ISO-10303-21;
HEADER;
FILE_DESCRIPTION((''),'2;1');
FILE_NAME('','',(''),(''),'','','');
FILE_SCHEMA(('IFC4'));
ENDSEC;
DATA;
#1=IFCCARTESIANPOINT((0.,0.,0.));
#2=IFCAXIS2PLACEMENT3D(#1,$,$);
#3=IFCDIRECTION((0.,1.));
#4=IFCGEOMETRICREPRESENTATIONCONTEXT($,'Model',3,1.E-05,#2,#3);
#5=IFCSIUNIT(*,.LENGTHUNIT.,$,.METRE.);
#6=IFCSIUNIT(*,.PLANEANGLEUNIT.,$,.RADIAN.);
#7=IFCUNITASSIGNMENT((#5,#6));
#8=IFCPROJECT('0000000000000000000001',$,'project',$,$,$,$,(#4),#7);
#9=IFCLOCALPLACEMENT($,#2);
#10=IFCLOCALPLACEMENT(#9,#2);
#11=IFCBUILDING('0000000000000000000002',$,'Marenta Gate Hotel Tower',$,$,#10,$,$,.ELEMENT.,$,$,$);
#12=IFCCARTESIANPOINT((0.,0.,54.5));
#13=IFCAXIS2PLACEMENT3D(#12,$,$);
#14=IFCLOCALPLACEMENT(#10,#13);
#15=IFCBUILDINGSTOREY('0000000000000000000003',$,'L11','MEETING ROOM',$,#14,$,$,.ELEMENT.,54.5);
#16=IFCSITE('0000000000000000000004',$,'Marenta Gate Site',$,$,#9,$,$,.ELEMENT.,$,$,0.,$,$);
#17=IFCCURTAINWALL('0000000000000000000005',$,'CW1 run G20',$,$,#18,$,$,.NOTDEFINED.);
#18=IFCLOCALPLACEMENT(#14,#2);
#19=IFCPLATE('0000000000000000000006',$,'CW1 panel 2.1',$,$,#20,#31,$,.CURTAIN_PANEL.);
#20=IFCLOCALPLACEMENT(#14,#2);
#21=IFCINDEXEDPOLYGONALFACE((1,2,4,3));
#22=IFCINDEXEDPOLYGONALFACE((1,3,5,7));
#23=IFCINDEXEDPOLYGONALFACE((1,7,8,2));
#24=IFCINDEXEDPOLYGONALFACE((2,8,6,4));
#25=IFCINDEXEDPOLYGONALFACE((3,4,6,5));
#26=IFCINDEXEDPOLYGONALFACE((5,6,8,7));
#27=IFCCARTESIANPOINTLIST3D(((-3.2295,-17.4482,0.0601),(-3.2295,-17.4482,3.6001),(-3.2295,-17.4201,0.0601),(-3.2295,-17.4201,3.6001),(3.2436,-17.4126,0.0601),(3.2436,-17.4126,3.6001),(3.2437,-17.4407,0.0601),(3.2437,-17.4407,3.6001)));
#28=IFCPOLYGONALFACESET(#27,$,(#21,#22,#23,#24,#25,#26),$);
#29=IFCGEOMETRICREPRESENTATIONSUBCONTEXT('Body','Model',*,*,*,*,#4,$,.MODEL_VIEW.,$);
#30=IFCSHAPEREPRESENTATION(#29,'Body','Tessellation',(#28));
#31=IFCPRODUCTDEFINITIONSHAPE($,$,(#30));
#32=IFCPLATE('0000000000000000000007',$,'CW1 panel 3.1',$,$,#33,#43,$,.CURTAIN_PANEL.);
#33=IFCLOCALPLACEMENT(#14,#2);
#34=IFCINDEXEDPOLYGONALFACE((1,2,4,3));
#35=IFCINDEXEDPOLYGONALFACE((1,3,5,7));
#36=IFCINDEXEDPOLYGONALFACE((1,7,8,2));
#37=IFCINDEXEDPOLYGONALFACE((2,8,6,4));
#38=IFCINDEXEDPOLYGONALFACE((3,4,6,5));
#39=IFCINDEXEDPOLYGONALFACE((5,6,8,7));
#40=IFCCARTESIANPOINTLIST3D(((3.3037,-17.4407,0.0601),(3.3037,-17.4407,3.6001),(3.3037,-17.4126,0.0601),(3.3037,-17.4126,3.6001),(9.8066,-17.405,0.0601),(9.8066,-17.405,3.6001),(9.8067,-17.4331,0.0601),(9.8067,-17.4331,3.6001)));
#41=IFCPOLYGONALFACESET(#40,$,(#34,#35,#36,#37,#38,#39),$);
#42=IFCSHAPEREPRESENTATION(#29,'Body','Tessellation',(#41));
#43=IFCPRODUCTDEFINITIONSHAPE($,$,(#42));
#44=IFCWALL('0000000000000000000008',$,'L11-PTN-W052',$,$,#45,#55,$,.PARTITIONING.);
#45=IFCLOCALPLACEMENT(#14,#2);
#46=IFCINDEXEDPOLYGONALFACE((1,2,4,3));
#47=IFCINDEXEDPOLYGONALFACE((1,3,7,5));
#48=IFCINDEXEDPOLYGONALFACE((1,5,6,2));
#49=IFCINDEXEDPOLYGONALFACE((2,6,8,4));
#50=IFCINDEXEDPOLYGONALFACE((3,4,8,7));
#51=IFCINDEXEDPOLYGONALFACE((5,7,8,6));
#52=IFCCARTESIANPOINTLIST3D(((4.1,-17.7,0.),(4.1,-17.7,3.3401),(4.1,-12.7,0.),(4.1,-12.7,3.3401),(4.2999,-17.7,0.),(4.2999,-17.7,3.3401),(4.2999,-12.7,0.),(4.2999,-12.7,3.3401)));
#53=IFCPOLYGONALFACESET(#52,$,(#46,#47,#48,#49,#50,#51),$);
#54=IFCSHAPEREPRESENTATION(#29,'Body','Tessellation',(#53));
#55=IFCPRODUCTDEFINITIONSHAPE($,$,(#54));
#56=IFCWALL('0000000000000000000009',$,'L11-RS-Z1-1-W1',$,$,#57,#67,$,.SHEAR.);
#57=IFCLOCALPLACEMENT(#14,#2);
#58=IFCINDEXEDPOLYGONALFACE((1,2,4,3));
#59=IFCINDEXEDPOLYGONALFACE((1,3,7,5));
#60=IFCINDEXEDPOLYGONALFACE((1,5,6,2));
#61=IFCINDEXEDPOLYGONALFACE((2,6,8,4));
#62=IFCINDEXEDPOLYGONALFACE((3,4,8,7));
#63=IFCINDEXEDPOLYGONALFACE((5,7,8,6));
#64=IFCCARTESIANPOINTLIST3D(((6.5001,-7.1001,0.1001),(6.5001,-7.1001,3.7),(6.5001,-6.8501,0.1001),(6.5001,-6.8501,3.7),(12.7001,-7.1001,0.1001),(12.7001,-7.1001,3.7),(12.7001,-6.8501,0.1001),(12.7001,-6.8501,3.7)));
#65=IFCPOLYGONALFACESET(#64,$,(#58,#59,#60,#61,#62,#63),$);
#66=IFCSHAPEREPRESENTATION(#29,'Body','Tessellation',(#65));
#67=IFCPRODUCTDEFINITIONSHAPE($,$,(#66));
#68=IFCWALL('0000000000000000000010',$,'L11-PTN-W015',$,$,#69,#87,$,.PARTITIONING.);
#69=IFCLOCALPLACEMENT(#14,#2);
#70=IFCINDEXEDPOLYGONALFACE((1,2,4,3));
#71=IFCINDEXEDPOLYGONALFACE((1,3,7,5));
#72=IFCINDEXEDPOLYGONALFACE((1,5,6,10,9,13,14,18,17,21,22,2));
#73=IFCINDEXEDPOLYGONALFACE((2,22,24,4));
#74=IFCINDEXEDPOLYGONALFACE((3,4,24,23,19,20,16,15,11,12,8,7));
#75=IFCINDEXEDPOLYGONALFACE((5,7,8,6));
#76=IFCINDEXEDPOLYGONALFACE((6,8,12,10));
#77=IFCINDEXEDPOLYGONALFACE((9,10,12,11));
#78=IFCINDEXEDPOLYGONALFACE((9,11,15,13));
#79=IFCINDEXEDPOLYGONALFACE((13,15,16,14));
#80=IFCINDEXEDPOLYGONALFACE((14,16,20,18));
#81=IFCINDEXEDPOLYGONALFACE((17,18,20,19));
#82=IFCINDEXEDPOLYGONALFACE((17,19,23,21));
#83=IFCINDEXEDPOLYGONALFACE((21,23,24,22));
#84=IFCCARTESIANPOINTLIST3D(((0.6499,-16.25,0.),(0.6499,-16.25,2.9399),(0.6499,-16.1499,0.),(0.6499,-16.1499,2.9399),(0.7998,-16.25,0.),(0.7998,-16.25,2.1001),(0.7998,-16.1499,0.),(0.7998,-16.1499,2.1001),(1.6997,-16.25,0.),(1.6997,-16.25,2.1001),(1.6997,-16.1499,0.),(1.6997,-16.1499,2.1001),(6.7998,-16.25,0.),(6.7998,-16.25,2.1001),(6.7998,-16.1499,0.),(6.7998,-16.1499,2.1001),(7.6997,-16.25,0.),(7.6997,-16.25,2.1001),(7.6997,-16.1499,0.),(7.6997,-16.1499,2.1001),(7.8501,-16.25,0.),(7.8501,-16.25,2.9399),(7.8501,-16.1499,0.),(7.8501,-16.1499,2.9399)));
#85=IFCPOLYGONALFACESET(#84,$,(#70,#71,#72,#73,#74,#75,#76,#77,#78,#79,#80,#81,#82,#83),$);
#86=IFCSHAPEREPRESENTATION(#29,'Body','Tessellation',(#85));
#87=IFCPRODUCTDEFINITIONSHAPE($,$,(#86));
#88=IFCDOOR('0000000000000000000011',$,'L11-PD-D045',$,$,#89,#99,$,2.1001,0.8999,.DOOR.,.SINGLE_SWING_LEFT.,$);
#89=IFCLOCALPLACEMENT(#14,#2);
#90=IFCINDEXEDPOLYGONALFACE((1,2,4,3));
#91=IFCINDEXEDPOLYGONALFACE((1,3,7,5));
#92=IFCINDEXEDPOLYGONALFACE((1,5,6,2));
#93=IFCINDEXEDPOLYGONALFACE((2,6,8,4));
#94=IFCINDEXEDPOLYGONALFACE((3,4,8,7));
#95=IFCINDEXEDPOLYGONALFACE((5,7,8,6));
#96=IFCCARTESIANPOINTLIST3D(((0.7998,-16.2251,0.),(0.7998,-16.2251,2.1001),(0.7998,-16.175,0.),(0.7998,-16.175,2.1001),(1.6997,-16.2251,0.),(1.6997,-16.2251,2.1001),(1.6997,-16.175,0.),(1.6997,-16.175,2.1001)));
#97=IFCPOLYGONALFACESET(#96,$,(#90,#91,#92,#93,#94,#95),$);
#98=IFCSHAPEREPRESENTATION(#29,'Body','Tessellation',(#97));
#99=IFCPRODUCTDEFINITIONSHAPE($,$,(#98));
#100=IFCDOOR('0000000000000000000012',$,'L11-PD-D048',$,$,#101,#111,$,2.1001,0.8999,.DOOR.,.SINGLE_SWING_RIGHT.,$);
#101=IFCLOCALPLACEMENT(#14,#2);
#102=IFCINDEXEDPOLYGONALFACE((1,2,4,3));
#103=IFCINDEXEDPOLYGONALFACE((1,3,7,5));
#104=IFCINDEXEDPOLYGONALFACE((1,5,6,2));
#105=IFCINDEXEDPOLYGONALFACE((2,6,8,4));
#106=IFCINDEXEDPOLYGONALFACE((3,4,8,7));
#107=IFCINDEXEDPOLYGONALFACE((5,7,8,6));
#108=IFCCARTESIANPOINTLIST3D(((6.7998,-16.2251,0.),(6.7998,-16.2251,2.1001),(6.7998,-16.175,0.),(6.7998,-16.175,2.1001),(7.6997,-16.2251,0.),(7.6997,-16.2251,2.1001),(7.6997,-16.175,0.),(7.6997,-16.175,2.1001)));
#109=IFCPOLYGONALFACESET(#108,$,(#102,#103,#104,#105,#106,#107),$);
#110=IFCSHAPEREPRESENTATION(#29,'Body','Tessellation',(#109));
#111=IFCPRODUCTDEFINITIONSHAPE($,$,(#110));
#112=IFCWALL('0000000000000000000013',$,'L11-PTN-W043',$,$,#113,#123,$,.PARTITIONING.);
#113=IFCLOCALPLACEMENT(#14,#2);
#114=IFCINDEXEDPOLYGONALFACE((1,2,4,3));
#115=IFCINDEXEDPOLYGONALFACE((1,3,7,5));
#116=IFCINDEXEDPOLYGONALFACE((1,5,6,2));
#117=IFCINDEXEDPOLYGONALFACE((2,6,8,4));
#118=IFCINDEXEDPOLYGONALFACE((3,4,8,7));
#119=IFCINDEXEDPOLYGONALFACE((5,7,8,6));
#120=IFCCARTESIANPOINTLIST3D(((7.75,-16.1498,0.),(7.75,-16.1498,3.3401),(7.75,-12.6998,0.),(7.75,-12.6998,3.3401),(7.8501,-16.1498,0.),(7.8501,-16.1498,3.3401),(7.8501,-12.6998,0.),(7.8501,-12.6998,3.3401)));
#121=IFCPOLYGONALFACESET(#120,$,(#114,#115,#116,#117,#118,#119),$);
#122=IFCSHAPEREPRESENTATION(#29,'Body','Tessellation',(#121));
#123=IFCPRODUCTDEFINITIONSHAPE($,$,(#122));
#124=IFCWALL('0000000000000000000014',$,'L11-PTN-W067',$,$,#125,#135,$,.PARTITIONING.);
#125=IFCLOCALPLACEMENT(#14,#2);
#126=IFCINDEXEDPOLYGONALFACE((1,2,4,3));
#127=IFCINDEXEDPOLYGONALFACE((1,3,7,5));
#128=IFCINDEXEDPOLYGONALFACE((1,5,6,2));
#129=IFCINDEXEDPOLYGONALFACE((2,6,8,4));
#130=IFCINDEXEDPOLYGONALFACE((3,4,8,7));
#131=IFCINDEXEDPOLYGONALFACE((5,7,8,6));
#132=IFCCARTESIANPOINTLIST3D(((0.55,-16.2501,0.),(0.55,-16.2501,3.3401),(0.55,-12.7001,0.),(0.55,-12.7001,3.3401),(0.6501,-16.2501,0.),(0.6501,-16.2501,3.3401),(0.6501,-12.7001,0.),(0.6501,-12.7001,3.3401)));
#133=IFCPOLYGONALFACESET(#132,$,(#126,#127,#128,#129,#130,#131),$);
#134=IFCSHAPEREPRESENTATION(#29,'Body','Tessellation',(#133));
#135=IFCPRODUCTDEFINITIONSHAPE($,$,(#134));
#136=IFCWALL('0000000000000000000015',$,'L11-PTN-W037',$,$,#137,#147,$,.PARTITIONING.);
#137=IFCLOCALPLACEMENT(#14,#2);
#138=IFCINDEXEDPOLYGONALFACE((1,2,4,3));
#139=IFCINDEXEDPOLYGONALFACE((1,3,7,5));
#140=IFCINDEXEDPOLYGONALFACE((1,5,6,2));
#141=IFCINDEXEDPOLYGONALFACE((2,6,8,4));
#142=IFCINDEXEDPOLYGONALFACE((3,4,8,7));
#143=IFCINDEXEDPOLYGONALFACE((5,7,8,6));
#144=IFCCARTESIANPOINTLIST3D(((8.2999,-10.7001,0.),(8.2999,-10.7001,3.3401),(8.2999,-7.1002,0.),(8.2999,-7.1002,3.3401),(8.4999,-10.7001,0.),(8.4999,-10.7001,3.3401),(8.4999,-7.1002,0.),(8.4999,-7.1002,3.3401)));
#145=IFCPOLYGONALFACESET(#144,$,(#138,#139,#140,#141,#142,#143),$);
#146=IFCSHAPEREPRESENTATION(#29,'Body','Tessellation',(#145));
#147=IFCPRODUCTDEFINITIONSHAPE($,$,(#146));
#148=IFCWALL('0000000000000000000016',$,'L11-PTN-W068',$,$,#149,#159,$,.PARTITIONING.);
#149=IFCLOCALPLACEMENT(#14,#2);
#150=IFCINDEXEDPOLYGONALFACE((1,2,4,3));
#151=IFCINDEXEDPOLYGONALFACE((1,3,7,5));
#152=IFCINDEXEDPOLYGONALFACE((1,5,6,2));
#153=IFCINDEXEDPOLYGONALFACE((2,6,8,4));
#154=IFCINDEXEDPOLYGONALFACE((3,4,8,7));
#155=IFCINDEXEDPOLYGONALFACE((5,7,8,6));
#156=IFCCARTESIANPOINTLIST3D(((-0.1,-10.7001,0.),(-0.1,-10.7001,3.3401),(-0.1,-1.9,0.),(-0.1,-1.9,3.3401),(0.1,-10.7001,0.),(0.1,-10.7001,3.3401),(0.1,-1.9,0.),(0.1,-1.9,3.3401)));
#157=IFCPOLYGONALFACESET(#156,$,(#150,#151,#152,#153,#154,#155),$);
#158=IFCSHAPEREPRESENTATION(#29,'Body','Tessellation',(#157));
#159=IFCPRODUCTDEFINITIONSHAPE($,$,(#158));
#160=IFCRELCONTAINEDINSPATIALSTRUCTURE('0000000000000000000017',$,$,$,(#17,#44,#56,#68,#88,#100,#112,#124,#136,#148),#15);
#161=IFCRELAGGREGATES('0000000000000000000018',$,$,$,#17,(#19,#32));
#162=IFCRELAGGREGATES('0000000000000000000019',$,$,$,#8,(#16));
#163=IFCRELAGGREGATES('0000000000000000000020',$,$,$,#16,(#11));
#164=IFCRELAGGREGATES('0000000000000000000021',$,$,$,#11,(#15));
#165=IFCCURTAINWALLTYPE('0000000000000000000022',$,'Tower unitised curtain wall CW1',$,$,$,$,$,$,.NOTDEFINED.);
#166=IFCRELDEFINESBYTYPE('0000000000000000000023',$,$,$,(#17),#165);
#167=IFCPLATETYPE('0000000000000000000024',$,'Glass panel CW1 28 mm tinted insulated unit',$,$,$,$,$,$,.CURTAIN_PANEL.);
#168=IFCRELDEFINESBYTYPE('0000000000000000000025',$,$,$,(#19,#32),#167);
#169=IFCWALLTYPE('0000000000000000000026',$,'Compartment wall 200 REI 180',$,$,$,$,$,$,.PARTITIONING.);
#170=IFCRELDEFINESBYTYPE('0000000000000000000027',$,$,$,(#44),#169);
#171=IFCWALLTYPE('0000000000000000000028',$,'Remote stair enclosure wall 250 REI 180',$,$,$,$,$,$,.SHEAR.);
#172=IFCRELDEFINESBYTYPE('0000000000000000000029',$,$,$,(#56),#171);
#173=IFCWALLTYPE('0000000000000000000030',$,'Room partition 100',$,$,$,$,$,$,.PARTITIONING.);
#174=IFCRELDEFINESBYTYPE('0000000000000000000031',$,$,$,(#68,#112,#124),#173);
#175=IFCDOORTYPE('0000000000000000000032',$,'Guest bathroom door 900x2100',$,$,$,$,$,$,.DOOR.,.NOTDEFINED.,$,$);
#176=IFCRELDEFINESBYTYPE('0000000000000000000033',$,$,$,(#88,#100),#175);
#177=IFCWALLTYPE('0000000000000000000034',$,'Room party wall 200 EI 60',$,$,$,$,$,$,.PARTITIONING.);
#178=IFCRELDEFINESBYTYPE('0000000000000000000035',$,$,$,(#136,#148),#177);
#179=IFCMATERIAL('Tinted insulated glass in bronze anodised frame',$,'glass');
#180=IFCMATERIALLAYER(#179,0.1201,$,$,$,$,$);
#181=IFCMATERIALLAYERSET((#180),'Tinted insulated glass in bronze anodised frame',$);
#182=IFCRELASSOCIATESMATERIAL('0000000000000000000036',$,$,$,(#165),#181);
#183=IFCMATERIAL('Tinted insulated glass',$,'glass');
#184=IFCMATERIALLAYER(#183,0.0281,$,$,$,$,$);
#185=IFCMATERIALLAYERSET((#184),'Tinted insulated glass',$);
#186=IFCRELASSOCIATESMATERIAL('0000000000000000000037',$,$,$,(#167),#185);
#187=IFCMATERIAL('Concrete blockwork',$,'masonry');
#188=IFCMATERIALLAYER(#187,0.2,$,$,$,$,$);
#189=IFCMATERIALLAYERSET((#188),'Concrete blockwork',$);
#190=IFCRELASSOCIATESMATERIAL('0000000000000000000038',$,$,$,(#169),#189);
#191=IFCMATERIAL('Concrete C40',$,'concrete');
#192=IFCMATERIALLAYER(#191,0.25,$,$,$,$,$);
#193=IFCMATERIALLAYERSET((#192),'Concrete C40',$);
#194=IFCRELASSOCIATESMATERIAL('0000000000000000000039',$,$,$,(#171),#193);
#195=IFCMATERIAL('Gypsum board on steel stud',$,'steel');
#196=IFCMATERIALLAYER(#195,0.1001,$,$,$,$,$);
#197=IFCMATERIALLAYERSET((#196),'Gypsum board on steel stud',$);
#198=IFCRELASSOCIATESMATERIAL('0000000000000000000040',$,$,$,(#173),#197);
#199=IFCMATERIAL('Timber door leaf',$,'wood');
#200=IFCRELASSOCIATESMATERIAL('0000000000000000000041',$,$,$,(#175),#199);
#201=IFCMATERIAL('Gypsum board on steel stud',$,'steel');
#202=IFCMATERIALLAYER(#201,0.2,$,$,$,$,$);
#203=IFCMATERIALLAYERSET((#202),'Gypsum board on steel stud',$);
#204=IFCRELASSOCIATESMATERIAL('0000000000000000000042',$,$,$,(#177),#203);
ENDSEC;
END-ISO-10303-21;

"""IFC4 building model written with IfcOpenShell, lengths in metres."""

from ifc_helpers import new_model, si_unit, direction, frame, frame_2d, origin, origin_2d, place, context, subcontext, project, spatial, rectangle, extrude, material, layer, layer_set, type_object, element, fill, aggregate, save


model = new_model("IFC4")

# Units and contexts
model_context = context("Model", 3, precision=1e-05, world=origin(), true_north=direction((0.0, 1.0)))
body_context = subcontext(model_context, "Body", "Model", "MODEL_VIEW")
ifc_project = project(units=[si_unit("LENGTHUNIT", "METRE"), si_unit("PLANEANGLEUNIT", "RADIAN")], contexts=[model_context])

# Site, building, storey
site_placement = place(None, origin())
site = spatial("IfcSite", under=ifc_project, at=site_placement, Name="Marenta Gate Site", CompositionType="ELEMENT", RefElevation=0.0)
building_placement = place(site_placement, origin())
building = spatial("IfcBuilding", under=site, at=building_placement, Name="Marenta Gate Hotel Tower", CompositionType="ELEMENT")
storey_placement = place(building_placement, frame((0.0, 0.0, 54.5)))
storey = spatial("IfcBuildingStorey", under=building, at=storey_placement, Name="L11", Description="MEETING ROOM", CompositionType="ELEMENT", Elevation=54.5)

# Curtain wall
ifc_material_1 = material(Name="Tinted insulated glass in bronze anodised frame", Category="glass")
ifc_layer_1 = layer(ifc_material_1, 0.1201)
ifc_layer_set_1 = layer_set([ifc_layer_1], Name="Tinted insulated glass in bronze anodised frame")
curtain_wall_type = type_object("IfcCurtainWallType", Name="Tower unitised curtain wall CW1", PredefinedType="NOTDEFINED", material=ifc_layer_set_1)
curtain_wall_1_placement = place(storey_placement, origin())
curtain_wall_1 = element("IfcCurtainWall", 1, at=curtain_wall_1_placement, inside=storey, type_object=curtain_wall_type, Name="CW1 run G20", PredefinedType="NOTDEFINED")

# Plates
ifc_material_2 = material(Name="Tinted insulated glass", Category="glass")
ifc_layer_2 = layer(ifc_material_2, 0.0281)
ifc_layer_set_2 = layer_set([ifc_layer_2], Name="Tinted insulated glass")
plate_type = type_object("IfcPlateType", Name="Glass panel CW1 28 mm tinted insulated unit", PredefinedType="CURTAIN_PANEL", material=ifc_layer_set_2)
plate_1_placement = place(storey_placement, frame((0.0071, -17.4304, 0.0601), z_axis=(0.0, 0.0, 1.0), x_axis=(0.999999, 0.001163, 0.0)))
plate_1 = element("IfcPlate", 2, at=plate_1_placement, type_object=plate_type, Name="CW1 panel 2.1", PredefinedType="CURTAIN_PANEL", context=body_context, shape_type="SweptSolid", body=[
    extrude(rectangle(XDim=6.4731, YDim=0.0281, at=origin_2d()), origin(), (0.0, 0.0, 1.0), 3.54),
])
plate_2_placement = place(storey_placement, frame((6.5552, -17.4229, 0.0601), z_axis=(0.0, 0.0, 1.0), x_axis=(0.999999, 0.001163, 0.0)))
plate_2 = element("IfcPlate", 3, at=plate_2_placement, type_object=plate_type, Name="CW1 panel 3.1", PredefinedType="CURTAIN_PANEL", context=body_context, shape_type="SweptSolid", body=[
    extrude(rectangle(XDim=6.5029, YDim=0.0281, at=origin_2d()), origin(), (0.0, 0.0, 1.0), 3.54),
])
aggregate(curtain_wall_1, [plate_1, plate_2])

# Wall
ifc_material_3 = material(Name="Concrete blockwork", Category="masonry")
ifc_layer_3 = layer(ifc_material_3, 0.2)
ifc_layer_set_3 = layer_set([ifc_layer_3], Name="Concrete blockwork")
wall_type_1 = type_object("IfcWallType", Name="Compartment wall 200 REI 180", PredefinedType="PARTITIONING", material=ifc_layer_set_3)
wall_1_placement = place(storey_placement, frame((4.2, -17.7, 0.0), z_axis=(0.0, 0.0, 1.0), x_axis=(0.0, 1.0, 0.0)))
element("IfcWall", 4, at=wall_1_placement, inside=storey, type_object=wall_type_1, Name="L11-PTN-W052", PredefinedType="PARTITIONING", context=body_context, shape_type="SweptSolid", body=[
    extrude(rectangle(XDim=5.0, YDim=0.2, at=frame_2d((2.5, 0.0))), origin(), (0.0, 0.0, 1.0), 3.3401),
])

# Wall
ifc_material_4 = material(Name="Concrete C40", Category="concrete")
ifc_layer_4 = layer(ifc_material_4, 0.25)
ifc_layer_set_4 = layer_set([ifc_layer_4], Name="Concrete C40")
wall_type_2 = type_object("IfcWallType", Name="Remote stair enclosure wall 250 REI 180", PredefinedType="SHEAR", material=ifc_layer_set_4)
wall_2_placement = place(storey_placement, frame((6.5, -6.9751, 0.1001), z_axis=(0.0, 0.0, 1.0), x_axis=(1.0, 0.0, 0.0)))
element("IfcWall", 5, at=wall_2_placement, inside=storey, type_object=wall_type_2, Name="L11-RS-Z1-1-W1", PredefinedType="SHEAR", context=body_context, shape_type="SweptSolid", body=[
    extrude(rectangle(XDim=6.2, YDim=0.25, at=frame_2d((3.1001, 0.0))), origin(), (0.0, 0.0, 1.0), 3.5999),
])

# Wall, openings, doors
ifc_material_5 = material(Name="Gypsum board on steel stud", Category="steel")
ifc_layer_5 = layer(ifc_material_5, 0.1001)
ifc_layer_set_5 = layer_set([ifc_layer_5], Name="Gypsum board on steel stud")
wall_type_3 = type_object("IfcWallType", Name="Room partition 100", PredefinedType="PARTITIONING", material=ifc_layer_set_5)
wall_3_placement = place(storey_placement, frame((0.6499, -16.2, 0.0), z_axis=(0.0, 0.0, 1.0), x_axis=(1.0, 0.0, 0.0)))
wall_3 = element("IfcWall", 6, at=wall_3_placement, inside=storey, type_object=wall_type_3, Name="L11-PTN-W015", PredefinedType="PARTITIONING", context=body_context, shape_type="SweptSolid", body=[
    extrude(rectangle(XDim=7.2002, YDim=0.1001, at=frame_2d((3.6001, 0.0))), origin(), (0.0, 0.0, 1.0), 2.9399),
])
opening_1_placement = place(wall_3_placement, frame((0.1499, 0.0, 0.0)))
opening_1 = element("IfcOpeningElement", 7, at=opening_1_placement, cuts=wall_3, PredefinedType="OPENING", context=body_context, shape_type="SweptSolid", body=[
    extrude(rectangle(XDim=0.8999, YDim=2.1001, at=frame_2d((0.45, 1.05))), frame((0.0, 0.05, 0.0), z_axis=(0.0, -1.0, 0.0), x_axis=(1.0, 0.0, 0.0)), (0.0, 0.0, 1.0), 0.1001),
])
opening_2_placement = place(wall_3_placement, frame((6.1499, 0.0, 0.0)))
opening_2 = element("IfcOpeningElement", 8, at=opening_2_placement, cuts=wall_3, PredefinedType="OPENING", context=body_context, shape_type="SweptSolid", body=[
    extrude(rectangle(XDim=0.8999, YDim=2.1001, at=frame_2d((0.45, 1.05))), frame((0.0, 0.05, 0.0), z_axis=(0.0, -1.0, 0.0), x_axis=(1.0, 0.0, 0.0)), (0.0, 0.0, 1.0), 0.1001),
])
ifc_material_6 = material(Name="Timber door leaf", Category="wood")
door_type_1 = type_object("IfcDoorType", Name="Guest bathroom door 900x2100", OperationType="NOTDEFINED", PredefinedType="DOOR", material=ifc_material_6)
door_1_placement = place(opening_1_placement, origin())
door_1 = element("IfcDoor", 9, at=door_1_placement, inside=storey, type_object=door_type_1, Name="L11-PD-D045", OperationType="SINGLE_SWING_LEFT", OverallHeight=2.1001, OverallWidth=0.8999, PredefinedType="DOOR", context=body_context, shape_type="SweptSolid", body=[
    extrude(rectangle(XDim=0.8999, YDim=2.1001, at=frame_2d((0.45, 1.05))), frame((0.0, 0.0249, 0.0), z_axis=(0.0, -1.0, 0.0), x_axis=(1.0, 0.0, 0.0)), (0.0, 0.0, 1.0), 0.05),
])
fill(opening_1, door_1)
door_2_placement = place(opening_2_placement, origin())
door_2 = element("IfcDoor", 10, at=door_2_placement, inside=storey, type_object=door_type_1, Name="L11-PD-D048", OperationType="SINGLE_SWING_RIGHT", OverallHeight=2.1001, OverallWidth=0.8999, PredefinedType="DOOR", context=body_context, shape_type="SweptSolid", body=[
    extrude(rectangle(XDim=0.8999, YDim=2.1001, at=frame_2d((0.45, 1.05))), frame((0.0, 0.0249, 0.0), z_axis=(0.0, -1.0, 0.0), x_axis=(1.0, 0.0, 0.0)), (0.0, 0.0, 1.0), 0.05),
])
fill(opening_2, door_2)

# Walls
wall_4_placement = place(storey_placement, frame((7.8, -16.1499, 0.0), z_axis=(0.0, 0.0, 1.0), x_axis=(0.0, 1.0, 0.0)))
element("IfcWall", 11, at=wall_4_placement, inside=storey, type_object=wall_type_3, Name="L11-PTN-W043", PredefinedType="PARTITIONING", context=body_context, shape_type="SweptSolid", body=[
    extrude(rectangle(XDim=3.45, YDim=0.1001, at=frame_2d((1.7251, 0.0))), origin(), (0.0, 0.0, 1.0), 3.3401),
])
wall_5_placement = place(storey_placement, frame((0.6001, -16.25, 0.0), z_axis=(0.0, 0.0, 1.0), x_axis=(0.0, 1.0, 0.0)))
element("IfcWall", 12, at=wall_5_placement, inside=storey, type_object=wall_type_3, Name="L11-PTN-W067", PredefinedType="PARTITIONING", context=body_context, shape_type="SweptSolid", body=[
    extrude(rectangle(XDim=3.55, YDim=0.1001, at=frame_2d((1.7749, 0.0))), origin(), (0.0, 0.0, 1.0), 3.3401),
])
ifc_material_7 = material(Name="Gypsum board on steel stud", Category="steel")
ifc_layer_6 = layer(ifc_material_7, 0.2)
ifc_layer_set_6 = layer_set([ifc_layer_6], Name="Gypsum board on steel stud")
wall_type_4 = type_object("IfcWallType", Name="Room party wall 200 EI 60", PredefinedType="PARTITIONING", material=ifc_layer_set_6)
wall_6_placement = place(storey_placement, frame((8.3999, -10.7, 0.0), z_axis=(0.0, 0.0, 1.0), x_axis=(0.0, 1.0, 0.0)))
element("IfcWall", 13, at=wall_6_placement, inside=storey, type_object=wall_type_4, Name="L11-PTN-W037", PredefinedType="PARTITIONING", context=body_context, shape_type="SweptSolid", body=[
    extrude(rectangle(XDim=3.5999, YDim=0.2, at=frame_2d((1.7998, 0.0))), origin(), (0.0, 0.0, 1.0), 3.3401),
])
wall_7_placement = place(storey_placement, frame((0.0, -10.7, 0.0), z_axis=(0.0, 0.0, 1.0), x_axis=(0.0, 1.0, 0.0)))
element("IfcWall", 14, at=wall_7_placement, inside=storey, type_object=wall_type_4, Name="L11-PTN-W068", PredefinedType="PARTITIONING", context=body_context, shape_type="SweptSolid", body=[
    extrude(rectangle(XDim=8.8, YDim=0.2, at=frame_2d((4.3999, 0.0))), origin(), (0.0, 0.0, 1.0), 3.3401),
])

save(model, "model.ifc")
